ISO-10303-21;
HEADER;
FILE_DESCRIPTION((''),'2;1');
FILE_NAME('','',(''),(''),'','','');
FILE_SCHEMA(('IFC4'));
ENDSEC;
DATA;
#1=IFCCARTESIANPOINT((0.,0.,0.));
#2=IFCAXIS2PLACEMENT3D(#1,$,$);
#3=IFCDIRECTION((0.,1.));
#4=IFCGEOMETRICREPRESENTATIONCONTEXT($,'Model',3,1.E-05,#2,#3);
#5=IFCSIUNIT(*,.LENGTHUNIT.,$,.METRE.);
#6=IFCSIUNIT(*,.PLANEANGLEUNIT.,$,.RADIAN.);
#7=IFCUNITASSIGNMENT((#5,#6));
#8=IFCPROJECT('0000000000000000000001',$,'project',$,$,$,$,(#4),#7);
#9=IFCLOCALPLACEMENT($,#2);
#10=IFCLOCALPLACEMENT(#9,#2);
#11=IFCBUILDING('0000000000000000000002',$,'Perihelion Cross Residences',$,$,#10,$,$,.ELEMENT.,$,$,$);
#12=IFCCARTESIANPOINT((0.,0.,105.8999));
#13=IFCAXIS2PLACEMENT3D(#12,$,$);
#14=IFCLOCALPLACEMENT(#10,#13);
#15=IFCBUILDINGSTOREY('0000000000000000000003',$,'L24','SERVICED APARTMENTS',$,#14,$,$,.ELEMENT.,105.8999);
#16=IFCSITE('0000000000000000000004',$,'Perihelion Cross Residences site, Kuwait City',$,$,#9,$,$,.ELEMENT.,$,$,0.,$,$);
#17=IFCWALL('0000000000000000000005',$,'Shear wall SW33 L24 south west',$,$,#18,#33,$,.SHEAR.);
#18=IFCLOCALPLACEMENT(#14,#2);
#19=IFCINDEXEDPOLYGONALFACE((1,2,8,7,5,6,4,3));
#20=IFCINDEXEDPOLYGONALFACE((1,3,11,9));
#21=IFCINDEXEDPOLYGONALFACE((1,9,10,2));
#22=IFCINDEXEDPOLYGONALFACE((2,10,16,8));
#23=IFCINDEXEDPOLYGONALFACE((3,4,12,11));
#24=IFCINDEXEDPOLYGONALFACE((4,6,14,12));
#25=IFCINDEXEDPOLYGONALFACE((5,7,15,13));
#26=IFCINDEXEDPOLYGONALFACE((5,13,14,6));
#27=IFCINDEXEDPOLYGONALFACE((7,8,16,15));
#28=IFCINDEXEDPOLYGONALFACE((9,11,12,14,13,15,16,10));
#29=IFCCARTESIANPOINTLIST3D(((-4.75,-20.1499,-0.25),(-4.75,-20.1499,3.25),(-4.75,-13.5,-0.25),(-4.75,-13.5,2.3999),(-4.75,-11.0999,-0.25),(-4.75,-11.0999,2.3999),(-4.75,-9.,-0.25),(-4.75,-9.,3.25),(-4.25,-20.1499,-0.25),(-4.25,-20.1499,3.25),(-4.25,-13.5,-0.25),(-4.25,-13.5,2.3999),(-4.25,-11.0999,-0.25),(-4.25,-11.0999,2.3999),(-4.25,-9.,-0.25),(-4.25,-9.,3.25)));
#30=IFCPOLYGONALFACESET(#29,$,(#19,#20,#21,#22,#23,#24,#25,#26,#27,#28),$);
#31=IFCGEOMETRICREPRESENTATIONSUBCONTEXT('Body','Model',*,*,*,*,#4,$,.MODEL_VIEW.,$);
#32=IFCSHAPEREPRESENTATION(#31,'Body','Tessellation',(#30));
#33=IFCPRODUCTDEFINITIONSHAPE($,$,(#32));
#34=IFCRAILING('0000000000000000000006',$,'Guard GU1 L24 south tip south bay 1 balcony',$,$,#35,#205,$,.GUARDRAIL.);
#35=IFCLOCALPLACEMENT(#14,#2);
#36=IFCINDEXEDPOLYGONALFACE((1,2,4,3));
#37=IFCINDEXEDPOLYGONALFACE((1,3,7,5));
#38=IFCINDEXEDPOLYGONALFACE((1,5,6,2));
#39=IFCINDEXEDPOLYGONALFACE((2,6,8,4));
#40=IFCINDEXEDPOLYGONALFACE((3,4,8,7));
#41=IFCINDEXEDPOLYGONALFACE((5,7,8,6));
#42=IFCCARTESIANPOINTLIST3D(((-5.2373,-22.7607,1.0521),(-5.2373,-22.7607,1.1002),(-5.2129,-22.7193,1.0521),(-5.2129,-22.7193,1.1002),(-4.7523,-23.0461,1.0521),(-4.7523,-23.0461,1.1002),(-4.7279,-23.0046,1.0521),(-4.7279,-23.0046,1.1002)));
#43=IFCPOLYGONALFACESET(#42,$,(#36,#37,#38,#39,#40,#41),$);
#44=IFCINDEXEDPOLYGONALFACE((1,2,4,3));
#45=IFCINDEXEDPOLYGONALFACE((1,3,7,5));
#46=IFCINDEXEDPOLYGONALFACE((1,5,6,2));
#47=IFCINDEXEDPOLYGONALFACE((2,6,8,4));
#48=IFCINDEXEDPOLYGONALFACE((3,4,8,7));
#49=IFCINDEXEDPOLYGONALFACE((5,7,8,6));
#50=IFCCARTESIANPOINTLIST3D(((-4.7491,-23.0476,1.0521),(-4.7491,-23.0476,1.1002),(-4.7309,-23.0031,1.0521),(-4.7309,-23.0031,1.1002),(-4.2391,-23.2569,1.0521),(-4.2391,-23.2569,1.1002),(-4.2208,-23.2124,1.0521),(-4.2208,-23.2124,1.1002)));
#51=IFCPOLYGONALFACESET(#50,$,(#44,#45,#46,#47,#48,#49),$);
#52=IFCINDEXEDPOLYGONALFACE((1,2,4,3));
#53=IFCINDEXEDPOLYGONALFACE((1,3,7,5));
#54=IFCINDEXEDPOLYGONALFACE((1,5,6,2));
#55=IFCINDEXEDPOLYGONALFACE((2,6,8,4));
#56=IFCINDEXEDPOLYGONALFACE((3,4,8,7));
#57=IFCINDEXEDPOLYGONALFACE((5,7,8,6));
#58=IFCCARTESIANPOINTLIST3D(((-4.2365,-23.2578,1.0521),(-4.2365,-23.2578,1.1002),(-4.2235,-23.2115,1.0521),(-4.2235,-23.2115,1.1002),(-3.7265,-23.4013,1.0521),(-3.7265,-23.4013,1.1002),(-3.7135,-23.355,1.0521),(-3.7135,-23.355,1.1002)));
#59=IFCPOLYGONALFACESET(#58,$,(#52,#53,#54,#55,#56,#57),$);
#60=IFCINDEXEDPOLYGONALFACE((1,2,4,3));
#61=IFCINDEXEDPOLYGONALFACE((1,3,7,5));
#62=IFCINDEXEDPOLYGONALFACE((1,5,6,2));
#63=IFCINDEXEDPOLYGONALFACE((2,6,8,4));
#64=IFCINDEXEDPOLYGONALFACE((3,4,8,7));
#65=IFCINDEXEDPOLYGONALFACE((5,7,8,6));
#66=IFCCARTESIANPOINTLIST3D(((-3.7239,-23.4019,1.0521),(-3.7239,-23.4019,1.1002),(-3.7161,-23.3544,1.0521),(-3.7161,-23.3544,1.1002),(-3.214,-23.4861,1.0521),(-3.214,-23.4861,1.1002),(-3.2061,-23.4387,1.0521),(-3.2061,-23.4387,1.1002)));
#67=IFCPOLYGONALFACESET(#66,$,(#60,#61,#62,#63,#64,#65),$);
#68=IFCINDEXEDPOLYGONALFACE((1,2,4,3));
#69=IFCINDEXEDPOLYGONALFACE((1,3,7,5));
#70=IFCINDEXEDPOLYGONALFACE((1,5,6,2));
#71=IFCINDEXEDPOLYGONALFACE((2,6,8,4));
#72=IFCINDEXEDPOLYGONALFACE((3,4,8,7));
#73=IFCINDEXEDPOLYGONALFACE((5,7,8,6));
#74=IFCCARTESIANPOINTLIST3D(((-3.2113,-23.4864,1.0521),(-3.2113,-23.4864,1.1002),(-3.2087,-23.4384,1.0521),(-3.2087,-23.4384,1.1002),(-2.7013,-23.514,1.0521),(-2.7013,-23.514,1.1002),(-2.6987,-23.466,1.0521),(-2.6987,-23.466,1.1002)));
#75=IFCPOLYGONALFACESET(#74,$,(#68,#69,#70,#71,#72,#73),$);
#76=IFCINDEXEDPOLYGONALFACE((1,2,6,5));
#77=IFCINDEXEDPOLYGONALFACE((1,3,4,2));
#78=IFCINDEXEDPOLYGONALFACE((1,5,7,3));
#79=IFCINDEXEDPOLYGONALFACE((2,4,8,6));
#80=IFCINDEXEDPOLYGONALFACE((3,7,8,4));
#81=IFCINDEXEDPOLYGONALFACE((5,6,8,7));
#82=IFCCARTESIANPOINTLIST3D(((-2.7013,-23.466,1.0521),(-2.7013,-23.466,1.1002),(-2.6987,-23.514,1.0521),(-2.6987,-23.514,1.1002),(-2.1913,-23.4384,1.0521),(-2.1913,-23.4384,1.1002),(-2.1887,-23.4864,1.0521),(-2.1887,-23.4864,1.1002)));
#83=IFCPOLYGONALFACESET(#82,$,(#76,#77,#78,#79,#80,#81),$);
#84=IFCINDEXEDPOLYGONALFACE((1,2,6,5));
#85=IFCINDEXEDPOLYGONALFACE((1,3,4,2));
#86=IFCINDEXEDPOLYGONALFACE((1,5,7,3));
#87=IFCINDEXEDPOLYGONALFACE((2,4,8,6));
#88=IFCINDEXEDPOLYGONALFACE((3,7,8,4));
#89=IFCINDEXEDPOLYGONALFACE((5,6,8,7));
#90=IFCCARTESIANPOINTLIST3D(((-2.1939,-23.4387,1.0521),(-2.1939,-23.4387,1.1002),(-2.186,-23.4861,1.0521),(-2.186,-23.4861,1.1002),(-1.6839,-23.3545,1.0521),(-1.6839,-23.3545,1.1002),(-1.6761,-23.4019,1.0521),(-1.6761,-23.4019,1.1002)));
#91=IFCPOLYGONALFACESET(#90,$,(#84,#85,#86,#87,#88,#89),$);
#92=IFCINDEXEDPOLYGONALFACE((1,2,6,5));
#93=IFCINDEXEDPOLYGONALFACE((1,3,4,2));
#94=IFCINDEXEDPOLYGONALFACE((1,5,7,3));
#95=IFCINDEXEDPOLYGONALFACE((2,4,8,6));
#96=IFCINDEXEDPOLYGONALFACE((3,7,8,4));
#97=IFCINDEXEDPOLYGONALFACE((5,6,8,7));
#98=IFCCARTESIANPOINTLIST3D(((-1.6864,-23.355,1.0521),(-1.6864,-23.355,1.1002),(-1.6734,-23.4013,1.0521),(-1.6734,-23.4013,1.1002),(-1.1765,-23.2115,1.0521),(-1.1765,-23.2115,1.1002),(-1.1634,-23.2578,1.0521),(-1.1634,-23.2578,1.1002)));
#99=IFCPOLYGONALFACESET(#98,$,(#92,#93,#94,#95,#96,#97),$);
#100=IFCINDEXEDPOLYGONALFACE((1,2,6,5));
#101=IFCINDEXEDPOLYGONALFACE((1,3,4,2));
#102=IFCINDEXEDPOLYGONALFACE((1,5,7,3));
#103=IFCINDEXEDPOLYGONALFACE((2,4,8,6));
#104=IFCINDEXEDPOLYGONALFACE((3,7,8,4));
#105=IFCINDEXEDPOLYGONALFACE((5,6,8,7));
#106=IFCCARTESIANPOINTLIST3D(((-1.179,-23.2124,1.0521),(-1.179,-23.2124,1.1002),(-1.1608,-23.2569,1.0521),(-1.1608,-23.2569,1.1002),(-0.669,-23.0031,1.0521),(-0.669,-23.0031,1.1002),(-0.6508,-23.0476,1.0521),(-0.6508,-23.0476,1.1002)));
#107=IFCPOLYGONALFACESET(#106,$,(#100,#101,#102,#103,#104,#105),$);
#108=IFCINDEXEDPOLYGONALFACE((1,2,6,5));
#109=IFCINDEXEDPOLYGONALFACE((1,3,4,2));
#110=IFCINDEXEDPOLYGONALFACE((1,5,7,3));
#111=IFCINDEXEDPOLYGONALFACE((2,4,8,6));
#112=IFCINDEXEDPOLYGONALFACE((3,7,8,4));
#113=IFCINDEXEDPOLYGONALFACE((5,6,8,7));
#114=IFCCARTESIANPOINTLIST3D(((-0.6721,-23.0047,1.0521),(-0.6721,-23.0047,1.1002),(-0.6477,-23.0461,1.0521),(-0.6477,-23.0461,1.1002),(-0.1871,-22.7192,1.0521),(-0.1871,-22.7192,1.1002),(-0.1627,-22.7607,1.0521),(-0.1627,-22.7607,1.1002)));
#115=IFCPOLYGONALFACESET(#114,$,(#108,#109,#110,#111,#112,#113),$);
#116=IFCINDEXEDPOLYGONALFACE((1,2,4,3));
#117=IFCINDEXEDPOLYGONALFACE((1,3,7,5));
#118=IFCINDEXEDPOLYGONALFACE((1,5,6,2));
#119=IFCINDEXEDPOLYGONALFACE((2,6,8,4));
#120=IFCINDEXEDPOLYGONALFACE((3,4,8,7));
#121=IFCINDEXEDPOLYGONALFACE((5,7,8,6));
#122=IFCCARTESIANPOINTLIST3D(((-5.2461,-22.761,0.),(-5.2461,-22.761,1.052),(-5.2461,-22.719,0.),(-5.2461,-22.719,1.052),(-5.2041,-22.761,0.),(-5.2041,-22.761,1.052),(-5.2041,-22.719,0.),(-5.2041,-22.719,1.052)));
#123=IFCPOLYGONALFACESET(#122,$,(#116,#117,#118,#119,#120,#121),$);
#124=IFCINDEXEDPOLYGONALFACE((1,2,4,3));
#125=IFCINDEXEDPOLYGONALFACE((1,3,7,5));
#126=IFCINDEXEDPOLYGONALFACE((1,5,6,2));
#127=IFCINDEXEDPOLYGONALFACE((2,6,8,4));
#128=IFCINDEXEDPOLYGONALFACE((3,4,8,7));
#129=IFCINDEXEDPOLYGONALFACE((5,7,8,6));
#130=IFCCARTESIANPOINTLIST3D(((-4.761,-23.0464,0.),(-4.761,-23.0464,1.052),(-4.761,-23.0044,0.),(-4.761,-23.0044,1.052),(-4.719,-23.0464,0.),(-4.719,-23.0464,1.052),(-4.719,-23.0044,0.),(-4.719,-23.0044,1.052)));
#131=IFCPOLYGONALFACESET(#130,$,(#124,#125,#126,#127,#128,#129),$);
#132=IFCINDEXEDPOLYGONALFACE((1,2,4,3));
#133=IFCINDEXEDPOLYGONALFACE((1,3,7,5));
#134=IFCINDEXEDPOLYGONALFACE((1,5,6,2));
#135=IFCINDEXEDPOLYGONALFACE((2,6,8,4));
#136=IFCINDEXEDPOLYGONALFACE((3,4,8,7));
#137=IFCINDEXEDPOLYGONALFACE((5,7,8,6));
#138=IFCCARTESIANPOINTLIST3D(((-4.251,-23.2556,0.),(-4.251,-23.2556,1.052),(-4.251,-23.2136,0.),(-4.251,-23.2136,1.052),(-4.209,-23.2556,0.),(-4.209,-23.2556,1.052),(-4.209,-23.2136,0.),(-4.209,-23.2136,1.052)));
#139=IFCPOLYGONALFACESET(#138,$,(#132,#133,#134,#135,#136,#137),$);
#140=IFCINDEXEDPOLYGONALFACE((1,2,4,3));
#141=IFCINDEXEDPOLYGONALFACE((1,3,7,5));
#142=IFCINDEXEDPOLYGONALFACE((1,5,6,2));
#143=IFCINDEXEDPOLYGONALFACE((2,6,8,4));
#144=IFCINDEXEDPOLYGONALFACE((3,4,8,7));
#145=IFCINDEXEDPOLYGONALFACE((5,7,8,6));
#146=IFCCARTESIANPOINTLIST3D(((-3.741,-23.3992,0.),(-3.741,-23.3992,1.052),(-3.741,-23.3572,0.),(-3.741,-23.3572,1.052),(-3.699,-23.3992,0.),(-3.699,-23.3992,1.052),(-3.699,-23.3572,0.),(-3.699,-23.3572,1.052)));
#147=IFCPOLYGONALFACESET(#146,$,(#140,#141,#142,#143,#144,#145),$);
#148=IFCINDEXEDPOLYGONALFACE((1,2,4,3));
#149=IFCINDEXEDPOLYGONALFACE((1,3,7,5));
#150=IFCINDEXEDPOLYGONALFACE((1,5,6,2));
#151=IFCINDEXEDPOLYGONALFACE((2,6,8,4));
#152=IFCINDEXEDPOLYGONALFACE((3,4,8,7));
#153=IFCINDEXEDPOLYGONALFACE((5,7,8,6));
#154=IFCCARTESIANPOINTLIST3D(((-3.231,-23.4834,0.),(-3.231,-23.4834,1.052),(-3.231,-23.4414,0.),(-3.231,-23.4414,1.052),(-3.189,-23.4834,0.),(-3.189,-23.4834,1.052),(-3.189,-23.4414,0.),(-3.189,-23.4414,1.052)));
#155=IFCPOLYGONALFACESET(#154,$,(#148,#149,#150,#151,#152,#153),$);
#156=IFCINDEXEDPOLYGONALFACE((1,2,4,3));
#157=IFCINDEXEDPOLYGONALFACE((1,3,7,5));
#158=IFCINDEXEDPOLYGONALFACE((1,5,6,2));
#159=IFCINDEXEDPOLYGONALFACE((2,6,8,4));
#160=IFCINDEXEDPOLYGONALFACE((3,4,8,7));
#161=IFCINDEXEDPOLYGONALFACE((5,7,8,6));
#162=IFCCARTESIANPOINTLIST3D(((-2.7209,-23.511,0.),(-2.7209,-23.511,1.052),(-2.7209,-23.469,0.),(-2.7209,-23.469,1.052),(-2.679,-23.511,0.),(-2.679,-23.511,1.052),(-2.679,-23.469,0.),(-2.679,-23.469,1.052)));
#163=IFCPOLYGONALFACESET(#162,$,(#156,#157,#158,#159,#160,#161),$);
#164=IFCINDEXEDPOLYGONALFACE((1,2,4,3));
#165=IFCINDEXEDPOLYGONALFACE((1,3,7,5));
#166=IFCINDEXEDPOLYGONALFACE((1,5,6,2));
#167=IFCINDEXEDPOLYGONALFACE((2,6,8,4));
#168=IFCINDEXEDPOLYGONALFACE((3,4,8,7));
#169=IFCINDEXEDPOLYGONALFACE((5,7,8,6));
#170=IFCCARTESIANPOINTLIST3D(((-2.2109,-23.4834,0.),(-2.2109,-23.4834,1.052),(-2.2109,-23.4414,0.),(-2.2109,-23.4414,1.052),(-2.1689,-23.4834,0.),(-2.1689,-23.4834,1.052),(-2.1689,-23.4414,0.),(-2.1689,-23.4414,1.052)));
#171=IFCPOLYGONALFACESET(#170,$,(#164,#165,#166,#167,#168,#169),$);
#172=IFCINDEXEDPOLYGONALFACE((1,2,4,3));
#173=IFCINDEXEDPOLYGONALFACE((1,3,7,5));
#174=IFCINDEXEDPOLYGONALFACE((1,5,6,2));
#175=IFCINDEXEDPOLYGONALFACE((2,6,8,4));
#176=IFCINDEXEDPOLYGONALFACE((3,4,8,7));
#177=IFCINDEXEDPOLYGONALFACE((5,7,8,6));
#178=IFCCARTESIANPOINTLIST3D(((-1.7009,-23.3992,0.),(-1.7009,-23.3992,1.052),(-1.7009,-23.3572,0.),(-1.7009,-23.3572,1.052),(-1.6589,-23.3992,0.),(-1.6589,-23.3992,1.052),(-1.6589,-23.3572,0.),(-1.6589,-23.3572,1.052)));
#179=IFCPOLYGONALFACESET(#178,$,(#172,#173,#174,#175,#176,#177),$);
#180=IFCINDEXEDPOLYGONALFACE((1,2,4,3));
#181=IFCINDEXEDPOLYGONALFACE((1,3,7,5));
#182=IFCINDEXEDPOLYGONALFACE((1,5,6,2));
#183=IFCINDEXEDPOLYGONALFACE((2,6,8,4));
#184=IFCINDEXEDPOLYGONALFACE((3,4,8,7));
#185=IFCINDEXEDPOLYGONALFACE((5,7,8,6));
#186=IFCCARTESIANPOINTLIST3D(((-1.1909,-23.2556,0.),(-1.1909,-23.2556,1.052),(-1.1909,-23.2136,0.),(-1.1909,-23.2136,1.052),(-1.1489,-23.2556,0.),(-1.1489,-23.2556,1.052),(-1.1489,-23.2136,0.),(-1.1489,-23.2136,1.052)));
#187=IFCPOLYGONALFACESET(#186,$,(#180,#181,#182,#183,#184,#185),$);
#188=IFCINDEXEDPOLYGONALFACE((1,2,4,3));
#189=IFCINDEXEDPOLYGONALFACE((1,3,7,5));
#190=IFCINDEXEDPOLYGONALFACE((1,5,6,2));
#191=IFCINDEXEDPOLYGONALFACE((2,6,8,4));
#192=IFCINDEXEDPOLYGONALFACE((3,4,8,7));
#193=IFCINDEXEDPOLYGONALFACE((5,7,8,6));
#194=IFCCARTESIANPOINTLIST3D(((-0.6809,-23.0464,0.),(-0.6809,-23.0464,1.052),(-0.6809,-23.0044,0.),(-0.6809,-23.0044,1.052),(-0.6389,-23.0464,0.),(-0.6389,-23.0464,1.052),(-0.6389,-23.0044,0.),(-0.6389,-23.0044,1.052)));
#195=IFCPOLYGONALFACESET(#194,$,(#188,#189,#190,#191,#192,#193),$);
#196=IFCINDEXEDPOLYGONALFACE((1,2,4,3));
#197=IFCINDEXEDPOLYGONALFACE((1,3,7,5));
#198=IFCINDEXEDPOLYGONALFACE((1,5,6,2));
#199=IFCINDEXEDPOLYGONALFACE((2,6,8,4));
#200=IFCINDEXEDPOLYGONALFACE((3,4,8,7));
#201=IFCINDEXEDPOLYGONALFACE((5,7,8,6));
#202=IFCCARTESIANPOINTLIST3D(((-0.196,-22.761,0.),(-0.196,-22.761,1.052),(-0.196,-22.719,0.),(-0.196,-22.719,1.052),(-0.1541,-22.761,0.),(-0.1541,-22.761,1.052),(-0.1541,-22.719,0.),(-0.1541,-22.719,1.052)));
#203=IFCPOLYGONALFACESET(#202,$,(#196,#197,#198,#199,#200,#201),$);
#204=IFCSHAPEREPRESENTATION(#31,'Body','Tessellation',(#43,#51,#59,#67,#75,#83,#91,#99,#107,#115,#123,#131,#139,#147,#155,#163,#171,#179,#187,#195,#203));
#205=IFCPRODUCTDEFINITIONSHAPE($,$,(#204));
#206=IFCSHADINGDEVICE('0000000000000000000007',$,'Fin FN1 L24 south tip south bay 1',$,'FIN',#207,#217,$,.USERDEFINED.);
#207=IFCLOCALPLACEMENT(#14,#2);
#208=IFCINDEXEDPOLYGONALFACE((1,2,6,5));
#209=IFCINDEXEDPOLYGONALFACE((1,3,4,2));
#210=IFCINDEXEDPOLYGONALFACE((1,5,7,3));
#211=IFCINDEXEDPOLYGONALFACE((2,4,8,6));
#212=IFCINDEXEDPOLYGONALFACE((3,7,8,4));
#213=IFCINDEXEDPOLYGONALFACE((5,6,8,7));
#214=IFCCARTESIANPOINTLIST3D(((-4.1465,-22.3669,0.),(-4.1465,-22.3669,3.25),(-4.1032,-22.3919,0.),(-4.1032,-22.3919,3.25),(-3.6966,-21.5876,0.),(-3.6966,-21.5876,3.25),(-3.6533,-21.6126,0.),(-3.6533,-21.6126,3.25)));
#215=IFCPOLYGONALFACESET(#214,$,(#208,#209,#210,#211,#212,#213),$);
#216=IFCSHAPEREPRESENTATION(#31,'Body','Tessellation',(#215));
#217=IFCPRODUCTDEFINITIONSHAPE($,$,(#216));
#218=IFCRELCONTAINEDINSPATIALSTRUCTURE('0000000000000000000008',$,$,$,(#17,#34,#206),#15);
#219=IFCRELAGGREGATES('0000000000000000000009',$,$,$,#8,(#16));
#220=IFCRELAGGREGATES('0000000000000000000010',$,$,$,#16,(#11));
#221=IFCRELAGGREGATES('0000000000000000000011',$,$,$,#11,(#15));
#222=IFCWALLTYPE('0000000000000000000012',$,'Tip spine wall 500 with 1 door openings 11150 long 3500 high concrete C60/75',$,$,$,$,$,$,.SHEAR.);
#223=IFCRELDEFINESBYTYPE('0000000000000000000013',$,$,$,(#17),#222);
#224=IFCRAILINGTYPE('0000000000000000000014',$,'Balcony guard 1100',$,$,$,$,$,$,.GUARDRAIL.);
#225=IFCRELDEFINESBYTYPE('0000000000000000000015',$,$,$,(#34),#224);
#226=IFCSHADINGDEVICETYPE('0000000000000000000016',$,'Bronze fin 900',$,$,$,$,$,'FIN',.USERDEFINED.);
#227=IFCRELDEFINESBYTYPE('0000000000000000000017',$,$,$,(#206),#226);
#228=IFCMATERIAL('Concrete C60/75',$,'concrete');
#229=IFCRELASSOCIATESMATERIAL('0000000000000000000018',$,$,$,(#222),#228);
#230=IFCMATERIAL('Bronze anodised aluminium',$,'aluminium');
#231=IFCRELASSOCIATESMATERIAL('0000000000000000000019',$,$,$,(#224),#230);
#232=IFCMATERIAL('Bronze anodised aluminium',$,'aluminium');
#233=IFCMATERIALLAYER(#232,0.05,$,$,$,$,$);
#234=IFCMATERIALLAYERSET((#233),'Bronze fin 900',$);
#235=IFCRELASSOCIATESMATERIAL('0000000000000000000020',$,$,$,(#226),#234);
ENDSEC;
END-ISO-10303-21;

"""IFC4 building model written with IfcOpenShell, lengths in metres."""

from ifc_helpers import new_model, si_unit, direction, frame, origin, origin_2d, place, context, subcontext, project, spatial, polyline, rectangle, outline, extrude, material, layer, layer_set, material_profile, profile_set, type_object, element, save


model = new_model("IFC4")

# Units and contexts
model_context = context("Model", 3, precision=1e-05, world=origin(), true_north=direction((0.0, 1.0)))
body_context = subcontext(model_context, "Body", "Model", "MODEL_VIEW")
ifc_project = project(units=[si_unit("LENGTHUNIT", "METRE"), si_unit("PLANEANGLEUNIT", "RADIAN")], contexts=[model_context])

# Site, building, storey
site_placement = place(None, origin())
site = spatial("IfcSite", under=ifc_project, at=site_placement, Name="Perihelion Cross Residences site, Kuwait City", CompositionType="ELEMENT", RefElevation=0.0)
building_placement = place(site_placement, origin())
building = spatial("IfcBuilding", under=site, at=building_placement, Name="Perihelion Cross Residences", CompositionType="ELEMENT")
storey_placement = place(building_placement, frame((0.0, 0.0, 105.8999)))
storey = spatial("IfcBuildingStorey", under=building, at=storey_placement, Name="L24", Description="SERVICED APARTMENTS", CompositionType="ELEMENT", Elevation=105.8999)

# Wall
ifc_material_1 = material(Name="Concrete C60/75", Category="concrete")
ifc_material_profile_1 = material_profile(ifc_material_1, outline(polyline([(0.0, 0.0), (6.6499, 0.0), (6.6499, 2.6499), (9.05, 2.6499), (9.05, 0.0), (11.1499, 0.0), (11.1499, 3.5), (0.0, 3.5), (0.0, 0.0)])), Name="Tip spine wall")
ifc_profile_set_1 = profile_set([ifc_material_profile_1], Name="Concrete C60/75")
wall_type_1 = type_object("IfcWallType", Name="Tip spine wall 500 with 1 door openings 11150 long 3500 high concrete C60/75", PredefinedType="SHEAR", material=ifc_profile_set_1)
wall_1_placement = place(storey_placement, frame((-4.75, -20.1499, -0.25), z_axis=(1.0, 0.0, 0.0), x_axis=(0.0, 1.0, 0.0)))
element("IfcWall", 1, at=wall_1_placement, inside=storey, type_object=wall_type_1, Name="Shear wall SW33 L24 south west", PredefinedType="SHEAR", context=body_context, shape_type="SweptSolid", body=[
    extrude(outline(polyline([(0.0, 0.0), (6.6499, 0.0), (6.6499, 2.6499), (9.05, 2.6499), (9.05, 0.0), (11.1499, 0.0), (11.1499, 3.5), (0.0, 3.5), (0.0, 0.0)])), origin(), (0.0, 0.0, 1.0), 0.5),
])

# Railing
ifc_material_2 = material(Name="Bronze anodised aluminium", Category="aluminium")
railing_type = type_object("IfcRailingType", Name="Balcony guard 1100", PredefinedType="GUARDRAIL", material=ifc_material_2)
railing_1_placement = place(storey_placement, frame((-5.2251, -22.74, 0.0)))
element("IfcRailing", 2, at=railing_1_placement, inside=storey, type_object=railing_type, Name="Guard GU1 L24 south tip south bay 1 balcony", PredefinedType="GUARDRAIL", context=body_context, shape_type="SweptSolid", body=[
    extrude(rectangle(XDim=0.0481, YDim=0.0481, at=origin_2d()), frame((0.0, 0.0, 1.0762), z_axis=(0.861901, -0.507077, 0.0), x_axis=(0.507077, 0.861901, 0.0)), (0.0, 0.0, 1.0), 0.5627),
    extrude(rectangle(XDim=0.0481, YDim=0.0481, at=origin_2d()), frame((0.4851, -0.2854, 1.0762), z_axis=(0.925173, -0.379547, 0.0), x_axis=(0.379547, 0.925173, 0.0)), (0.0, 0.0, 1.0), 0.5513),
    extrude(rectangle(XDim=0.0481, YDim=0.0481, at=origin_2d()), frame((0.9951, -0.4946, 1.0762), z_axis=(0.962595, -0.270946, 0.0), x_axis=(0.270946, 0.962595, 0.0)), (0.0, 0.0, 1.0), 0.5298),
    extrude(rectangle(XDim=0.0481, YDim=0.0481, at=origin_2d()), frame((1.5051, -0.6382, 1.0762), z_axis=(0.986635, -0.162944, 0.0), x_axis=(0.162944, 0.986635, 0.0)), (0.0, 0.0, 1.0), 0.5168),
    extrude(rectangle(XDim=0.0481, YDim=0.0481, at=origin_2d()), frame((2.0151, -0.7224, 1.0762), z_axis=(0.99854, -0.054014, 0.0), x_axis=(0.054014, 0.99854, 0.0)), (0.0, 0.0, 1.0), 0.5107),
    extrude(rectangle(XDim=0.0481, YDim=0.0481, at=origin_2d()), frame((2.5251, -0.75, 1.0762), z_axis=(0.99854, 0.054014, 0.0), x_axis=(-0.054014, 0.99854, 0.0)), (0.0, 0.0, 1.0), 0.5107),
    extrude(rectangle(XDim=0.0481, YDim=0.0481, at=origin_2d()), frame((3.0352, -0.7224, 1.0762), z_axis=(0.986635, 0.162944, 0.0), x_axis=(-0.162944, 0.986635, 0.0)), (0.0, 0.0, 1.0), 0.5168),
    extrude(rectangle(XDim=0.0481, YDim=0.0481, at=origin_2d()), frame((3.5452, -0.6382, 1.0762), z_axis=(0.962595, 0.270946, 0.0), x_axis=(-0.270946, 0.962595, 0.0)), (0.0, 0.0, 1.0), 0.5298),
    extrude(rectangle(XDim=0.0481, YDim=0.0481, at=origin_2d()), frame((4.0552, -0.4946, 1.0762), z_axis=(0.925173, 0.379547, 0.0), x_axis=(-0.379547, 0.925173, 0.0)), (0.0, 0.0, 1.0), 0.5513),
    extrude(rectangle(XDim=0.0481, YDim=0.0481, at=origin_2d()), frame((4.5652, -0.2854, 1.0762), z_axis=(0.861789, 0.507267, 0.0), x_axis=(-0.507267, 0.861789, 0.0)), (0.0, 0.0, 1.0), 0.5627),
    extrude(rectangle(XDim=0.042, YDim=0.042, at=origin_2d()), origin(), (0.0, 0.0, 1.0), 1.052),
    extrude(rectangle(XDim=0.042, YDim=0.042, at=origin_2d()), frame((0.4851, -0.2854, 0.0)), (0.0, 0.0, 1.0), 1.052),
    extrude(rectangle(XDim=0.042, YDim=0.042, at=origin_2d()), frame((0.9951, -0.4946, 0.0)), (0.0, 0.0, 1.0), 1.052),
    extrude(rectangle(XDim=0.042, YDim=0.042, at=origin_2d()), frame((1.5051, -0.6382, 0.0)), (0.0, 0.0, 1.0), 1.052),
    extrude(rectangle(XDim=0.042, YDim=0.042, at=origin_2d()), frame((2.0151, -0.7224, 0.0)), (0.0, 0.0, 1.0), 1.052),
    extrude(rectangle(XDim=0.042, YDim=0.042, at=origin_2d()), frame((2.5251, -0.75, 0.0)), (0.0, 0.0, 1.0), 1.052),
    extrude(rectangle(XDim=0.042, YDim=0.042, at=origin_2d()), frame((3.0352, -0.7224, 0.0)), (0.0, 0.0, 1.0), 1.052),
    extrude(rectangle(XDim=0.042, YDim=0.042, at=origin_2d()), frame((3.5452, -0.6382, 0.0)), (0.0, 0.0, 1.0), 1.052),
    extrude(rectangle(XDim=0.042, YDim=0.042, at=origin_2d()), frame((4.0552, -0.4946, 0.0)), (0.0, 0.0, 1.0), 1.052),
    extrude(rectangle(XDim=0.042, YDim=0.042, at=origin_2d()), frame((4.5652, -0.2854, 0.0)), (0.0, 0.0, 1.0), 1.052),
    extrude(rectangle(XDim=0.042, YDim=0.042, at=origin_2d()), frame((5.05, 0.0, 0.0)), (0.0, 0.0, 1.0), 1.052),
])

# Shading device
ifc_material_3 = material(Name="Bronze anodised aluminium", Category="aluminium")
ifc_layer_1 = layer(ifc_material_3, 0.05)
ifc_layer_set_1 = layer_set([ifc_layer_1], Name="Bronze fin 900")
shading_device_type = type_object("IfcShadingDeviceType", Name="Bronze fin 900", ElementType="FIN", PredefinedType="USERDEFINED", material=ifc_layer_set_1)
shading_device_placement = place(storey_placement, frame((-3.8999, -21.9897, 0.0), z_axis=(0.0, 0.0, 1.0), x_axis=(-0.5, -0.866025, 0.0)))
element("IfcShadingDevice", 3, at=shading_device_placement, inside=storey, type_object=shading_device_type, Name="Fin FN1 L24 south tip south bay 1", ObjectType="FIN", PredefinedType="USERDEFINED", context=body_context, shape_type="SweptSolid", body=[
    extrude(rectangle(XDim=0.8999, YDim=0.05, at=origin_2d()), origin(), (0.0, 0.0, 1.0), 3.25),
])

save(model, "model.ifc")
